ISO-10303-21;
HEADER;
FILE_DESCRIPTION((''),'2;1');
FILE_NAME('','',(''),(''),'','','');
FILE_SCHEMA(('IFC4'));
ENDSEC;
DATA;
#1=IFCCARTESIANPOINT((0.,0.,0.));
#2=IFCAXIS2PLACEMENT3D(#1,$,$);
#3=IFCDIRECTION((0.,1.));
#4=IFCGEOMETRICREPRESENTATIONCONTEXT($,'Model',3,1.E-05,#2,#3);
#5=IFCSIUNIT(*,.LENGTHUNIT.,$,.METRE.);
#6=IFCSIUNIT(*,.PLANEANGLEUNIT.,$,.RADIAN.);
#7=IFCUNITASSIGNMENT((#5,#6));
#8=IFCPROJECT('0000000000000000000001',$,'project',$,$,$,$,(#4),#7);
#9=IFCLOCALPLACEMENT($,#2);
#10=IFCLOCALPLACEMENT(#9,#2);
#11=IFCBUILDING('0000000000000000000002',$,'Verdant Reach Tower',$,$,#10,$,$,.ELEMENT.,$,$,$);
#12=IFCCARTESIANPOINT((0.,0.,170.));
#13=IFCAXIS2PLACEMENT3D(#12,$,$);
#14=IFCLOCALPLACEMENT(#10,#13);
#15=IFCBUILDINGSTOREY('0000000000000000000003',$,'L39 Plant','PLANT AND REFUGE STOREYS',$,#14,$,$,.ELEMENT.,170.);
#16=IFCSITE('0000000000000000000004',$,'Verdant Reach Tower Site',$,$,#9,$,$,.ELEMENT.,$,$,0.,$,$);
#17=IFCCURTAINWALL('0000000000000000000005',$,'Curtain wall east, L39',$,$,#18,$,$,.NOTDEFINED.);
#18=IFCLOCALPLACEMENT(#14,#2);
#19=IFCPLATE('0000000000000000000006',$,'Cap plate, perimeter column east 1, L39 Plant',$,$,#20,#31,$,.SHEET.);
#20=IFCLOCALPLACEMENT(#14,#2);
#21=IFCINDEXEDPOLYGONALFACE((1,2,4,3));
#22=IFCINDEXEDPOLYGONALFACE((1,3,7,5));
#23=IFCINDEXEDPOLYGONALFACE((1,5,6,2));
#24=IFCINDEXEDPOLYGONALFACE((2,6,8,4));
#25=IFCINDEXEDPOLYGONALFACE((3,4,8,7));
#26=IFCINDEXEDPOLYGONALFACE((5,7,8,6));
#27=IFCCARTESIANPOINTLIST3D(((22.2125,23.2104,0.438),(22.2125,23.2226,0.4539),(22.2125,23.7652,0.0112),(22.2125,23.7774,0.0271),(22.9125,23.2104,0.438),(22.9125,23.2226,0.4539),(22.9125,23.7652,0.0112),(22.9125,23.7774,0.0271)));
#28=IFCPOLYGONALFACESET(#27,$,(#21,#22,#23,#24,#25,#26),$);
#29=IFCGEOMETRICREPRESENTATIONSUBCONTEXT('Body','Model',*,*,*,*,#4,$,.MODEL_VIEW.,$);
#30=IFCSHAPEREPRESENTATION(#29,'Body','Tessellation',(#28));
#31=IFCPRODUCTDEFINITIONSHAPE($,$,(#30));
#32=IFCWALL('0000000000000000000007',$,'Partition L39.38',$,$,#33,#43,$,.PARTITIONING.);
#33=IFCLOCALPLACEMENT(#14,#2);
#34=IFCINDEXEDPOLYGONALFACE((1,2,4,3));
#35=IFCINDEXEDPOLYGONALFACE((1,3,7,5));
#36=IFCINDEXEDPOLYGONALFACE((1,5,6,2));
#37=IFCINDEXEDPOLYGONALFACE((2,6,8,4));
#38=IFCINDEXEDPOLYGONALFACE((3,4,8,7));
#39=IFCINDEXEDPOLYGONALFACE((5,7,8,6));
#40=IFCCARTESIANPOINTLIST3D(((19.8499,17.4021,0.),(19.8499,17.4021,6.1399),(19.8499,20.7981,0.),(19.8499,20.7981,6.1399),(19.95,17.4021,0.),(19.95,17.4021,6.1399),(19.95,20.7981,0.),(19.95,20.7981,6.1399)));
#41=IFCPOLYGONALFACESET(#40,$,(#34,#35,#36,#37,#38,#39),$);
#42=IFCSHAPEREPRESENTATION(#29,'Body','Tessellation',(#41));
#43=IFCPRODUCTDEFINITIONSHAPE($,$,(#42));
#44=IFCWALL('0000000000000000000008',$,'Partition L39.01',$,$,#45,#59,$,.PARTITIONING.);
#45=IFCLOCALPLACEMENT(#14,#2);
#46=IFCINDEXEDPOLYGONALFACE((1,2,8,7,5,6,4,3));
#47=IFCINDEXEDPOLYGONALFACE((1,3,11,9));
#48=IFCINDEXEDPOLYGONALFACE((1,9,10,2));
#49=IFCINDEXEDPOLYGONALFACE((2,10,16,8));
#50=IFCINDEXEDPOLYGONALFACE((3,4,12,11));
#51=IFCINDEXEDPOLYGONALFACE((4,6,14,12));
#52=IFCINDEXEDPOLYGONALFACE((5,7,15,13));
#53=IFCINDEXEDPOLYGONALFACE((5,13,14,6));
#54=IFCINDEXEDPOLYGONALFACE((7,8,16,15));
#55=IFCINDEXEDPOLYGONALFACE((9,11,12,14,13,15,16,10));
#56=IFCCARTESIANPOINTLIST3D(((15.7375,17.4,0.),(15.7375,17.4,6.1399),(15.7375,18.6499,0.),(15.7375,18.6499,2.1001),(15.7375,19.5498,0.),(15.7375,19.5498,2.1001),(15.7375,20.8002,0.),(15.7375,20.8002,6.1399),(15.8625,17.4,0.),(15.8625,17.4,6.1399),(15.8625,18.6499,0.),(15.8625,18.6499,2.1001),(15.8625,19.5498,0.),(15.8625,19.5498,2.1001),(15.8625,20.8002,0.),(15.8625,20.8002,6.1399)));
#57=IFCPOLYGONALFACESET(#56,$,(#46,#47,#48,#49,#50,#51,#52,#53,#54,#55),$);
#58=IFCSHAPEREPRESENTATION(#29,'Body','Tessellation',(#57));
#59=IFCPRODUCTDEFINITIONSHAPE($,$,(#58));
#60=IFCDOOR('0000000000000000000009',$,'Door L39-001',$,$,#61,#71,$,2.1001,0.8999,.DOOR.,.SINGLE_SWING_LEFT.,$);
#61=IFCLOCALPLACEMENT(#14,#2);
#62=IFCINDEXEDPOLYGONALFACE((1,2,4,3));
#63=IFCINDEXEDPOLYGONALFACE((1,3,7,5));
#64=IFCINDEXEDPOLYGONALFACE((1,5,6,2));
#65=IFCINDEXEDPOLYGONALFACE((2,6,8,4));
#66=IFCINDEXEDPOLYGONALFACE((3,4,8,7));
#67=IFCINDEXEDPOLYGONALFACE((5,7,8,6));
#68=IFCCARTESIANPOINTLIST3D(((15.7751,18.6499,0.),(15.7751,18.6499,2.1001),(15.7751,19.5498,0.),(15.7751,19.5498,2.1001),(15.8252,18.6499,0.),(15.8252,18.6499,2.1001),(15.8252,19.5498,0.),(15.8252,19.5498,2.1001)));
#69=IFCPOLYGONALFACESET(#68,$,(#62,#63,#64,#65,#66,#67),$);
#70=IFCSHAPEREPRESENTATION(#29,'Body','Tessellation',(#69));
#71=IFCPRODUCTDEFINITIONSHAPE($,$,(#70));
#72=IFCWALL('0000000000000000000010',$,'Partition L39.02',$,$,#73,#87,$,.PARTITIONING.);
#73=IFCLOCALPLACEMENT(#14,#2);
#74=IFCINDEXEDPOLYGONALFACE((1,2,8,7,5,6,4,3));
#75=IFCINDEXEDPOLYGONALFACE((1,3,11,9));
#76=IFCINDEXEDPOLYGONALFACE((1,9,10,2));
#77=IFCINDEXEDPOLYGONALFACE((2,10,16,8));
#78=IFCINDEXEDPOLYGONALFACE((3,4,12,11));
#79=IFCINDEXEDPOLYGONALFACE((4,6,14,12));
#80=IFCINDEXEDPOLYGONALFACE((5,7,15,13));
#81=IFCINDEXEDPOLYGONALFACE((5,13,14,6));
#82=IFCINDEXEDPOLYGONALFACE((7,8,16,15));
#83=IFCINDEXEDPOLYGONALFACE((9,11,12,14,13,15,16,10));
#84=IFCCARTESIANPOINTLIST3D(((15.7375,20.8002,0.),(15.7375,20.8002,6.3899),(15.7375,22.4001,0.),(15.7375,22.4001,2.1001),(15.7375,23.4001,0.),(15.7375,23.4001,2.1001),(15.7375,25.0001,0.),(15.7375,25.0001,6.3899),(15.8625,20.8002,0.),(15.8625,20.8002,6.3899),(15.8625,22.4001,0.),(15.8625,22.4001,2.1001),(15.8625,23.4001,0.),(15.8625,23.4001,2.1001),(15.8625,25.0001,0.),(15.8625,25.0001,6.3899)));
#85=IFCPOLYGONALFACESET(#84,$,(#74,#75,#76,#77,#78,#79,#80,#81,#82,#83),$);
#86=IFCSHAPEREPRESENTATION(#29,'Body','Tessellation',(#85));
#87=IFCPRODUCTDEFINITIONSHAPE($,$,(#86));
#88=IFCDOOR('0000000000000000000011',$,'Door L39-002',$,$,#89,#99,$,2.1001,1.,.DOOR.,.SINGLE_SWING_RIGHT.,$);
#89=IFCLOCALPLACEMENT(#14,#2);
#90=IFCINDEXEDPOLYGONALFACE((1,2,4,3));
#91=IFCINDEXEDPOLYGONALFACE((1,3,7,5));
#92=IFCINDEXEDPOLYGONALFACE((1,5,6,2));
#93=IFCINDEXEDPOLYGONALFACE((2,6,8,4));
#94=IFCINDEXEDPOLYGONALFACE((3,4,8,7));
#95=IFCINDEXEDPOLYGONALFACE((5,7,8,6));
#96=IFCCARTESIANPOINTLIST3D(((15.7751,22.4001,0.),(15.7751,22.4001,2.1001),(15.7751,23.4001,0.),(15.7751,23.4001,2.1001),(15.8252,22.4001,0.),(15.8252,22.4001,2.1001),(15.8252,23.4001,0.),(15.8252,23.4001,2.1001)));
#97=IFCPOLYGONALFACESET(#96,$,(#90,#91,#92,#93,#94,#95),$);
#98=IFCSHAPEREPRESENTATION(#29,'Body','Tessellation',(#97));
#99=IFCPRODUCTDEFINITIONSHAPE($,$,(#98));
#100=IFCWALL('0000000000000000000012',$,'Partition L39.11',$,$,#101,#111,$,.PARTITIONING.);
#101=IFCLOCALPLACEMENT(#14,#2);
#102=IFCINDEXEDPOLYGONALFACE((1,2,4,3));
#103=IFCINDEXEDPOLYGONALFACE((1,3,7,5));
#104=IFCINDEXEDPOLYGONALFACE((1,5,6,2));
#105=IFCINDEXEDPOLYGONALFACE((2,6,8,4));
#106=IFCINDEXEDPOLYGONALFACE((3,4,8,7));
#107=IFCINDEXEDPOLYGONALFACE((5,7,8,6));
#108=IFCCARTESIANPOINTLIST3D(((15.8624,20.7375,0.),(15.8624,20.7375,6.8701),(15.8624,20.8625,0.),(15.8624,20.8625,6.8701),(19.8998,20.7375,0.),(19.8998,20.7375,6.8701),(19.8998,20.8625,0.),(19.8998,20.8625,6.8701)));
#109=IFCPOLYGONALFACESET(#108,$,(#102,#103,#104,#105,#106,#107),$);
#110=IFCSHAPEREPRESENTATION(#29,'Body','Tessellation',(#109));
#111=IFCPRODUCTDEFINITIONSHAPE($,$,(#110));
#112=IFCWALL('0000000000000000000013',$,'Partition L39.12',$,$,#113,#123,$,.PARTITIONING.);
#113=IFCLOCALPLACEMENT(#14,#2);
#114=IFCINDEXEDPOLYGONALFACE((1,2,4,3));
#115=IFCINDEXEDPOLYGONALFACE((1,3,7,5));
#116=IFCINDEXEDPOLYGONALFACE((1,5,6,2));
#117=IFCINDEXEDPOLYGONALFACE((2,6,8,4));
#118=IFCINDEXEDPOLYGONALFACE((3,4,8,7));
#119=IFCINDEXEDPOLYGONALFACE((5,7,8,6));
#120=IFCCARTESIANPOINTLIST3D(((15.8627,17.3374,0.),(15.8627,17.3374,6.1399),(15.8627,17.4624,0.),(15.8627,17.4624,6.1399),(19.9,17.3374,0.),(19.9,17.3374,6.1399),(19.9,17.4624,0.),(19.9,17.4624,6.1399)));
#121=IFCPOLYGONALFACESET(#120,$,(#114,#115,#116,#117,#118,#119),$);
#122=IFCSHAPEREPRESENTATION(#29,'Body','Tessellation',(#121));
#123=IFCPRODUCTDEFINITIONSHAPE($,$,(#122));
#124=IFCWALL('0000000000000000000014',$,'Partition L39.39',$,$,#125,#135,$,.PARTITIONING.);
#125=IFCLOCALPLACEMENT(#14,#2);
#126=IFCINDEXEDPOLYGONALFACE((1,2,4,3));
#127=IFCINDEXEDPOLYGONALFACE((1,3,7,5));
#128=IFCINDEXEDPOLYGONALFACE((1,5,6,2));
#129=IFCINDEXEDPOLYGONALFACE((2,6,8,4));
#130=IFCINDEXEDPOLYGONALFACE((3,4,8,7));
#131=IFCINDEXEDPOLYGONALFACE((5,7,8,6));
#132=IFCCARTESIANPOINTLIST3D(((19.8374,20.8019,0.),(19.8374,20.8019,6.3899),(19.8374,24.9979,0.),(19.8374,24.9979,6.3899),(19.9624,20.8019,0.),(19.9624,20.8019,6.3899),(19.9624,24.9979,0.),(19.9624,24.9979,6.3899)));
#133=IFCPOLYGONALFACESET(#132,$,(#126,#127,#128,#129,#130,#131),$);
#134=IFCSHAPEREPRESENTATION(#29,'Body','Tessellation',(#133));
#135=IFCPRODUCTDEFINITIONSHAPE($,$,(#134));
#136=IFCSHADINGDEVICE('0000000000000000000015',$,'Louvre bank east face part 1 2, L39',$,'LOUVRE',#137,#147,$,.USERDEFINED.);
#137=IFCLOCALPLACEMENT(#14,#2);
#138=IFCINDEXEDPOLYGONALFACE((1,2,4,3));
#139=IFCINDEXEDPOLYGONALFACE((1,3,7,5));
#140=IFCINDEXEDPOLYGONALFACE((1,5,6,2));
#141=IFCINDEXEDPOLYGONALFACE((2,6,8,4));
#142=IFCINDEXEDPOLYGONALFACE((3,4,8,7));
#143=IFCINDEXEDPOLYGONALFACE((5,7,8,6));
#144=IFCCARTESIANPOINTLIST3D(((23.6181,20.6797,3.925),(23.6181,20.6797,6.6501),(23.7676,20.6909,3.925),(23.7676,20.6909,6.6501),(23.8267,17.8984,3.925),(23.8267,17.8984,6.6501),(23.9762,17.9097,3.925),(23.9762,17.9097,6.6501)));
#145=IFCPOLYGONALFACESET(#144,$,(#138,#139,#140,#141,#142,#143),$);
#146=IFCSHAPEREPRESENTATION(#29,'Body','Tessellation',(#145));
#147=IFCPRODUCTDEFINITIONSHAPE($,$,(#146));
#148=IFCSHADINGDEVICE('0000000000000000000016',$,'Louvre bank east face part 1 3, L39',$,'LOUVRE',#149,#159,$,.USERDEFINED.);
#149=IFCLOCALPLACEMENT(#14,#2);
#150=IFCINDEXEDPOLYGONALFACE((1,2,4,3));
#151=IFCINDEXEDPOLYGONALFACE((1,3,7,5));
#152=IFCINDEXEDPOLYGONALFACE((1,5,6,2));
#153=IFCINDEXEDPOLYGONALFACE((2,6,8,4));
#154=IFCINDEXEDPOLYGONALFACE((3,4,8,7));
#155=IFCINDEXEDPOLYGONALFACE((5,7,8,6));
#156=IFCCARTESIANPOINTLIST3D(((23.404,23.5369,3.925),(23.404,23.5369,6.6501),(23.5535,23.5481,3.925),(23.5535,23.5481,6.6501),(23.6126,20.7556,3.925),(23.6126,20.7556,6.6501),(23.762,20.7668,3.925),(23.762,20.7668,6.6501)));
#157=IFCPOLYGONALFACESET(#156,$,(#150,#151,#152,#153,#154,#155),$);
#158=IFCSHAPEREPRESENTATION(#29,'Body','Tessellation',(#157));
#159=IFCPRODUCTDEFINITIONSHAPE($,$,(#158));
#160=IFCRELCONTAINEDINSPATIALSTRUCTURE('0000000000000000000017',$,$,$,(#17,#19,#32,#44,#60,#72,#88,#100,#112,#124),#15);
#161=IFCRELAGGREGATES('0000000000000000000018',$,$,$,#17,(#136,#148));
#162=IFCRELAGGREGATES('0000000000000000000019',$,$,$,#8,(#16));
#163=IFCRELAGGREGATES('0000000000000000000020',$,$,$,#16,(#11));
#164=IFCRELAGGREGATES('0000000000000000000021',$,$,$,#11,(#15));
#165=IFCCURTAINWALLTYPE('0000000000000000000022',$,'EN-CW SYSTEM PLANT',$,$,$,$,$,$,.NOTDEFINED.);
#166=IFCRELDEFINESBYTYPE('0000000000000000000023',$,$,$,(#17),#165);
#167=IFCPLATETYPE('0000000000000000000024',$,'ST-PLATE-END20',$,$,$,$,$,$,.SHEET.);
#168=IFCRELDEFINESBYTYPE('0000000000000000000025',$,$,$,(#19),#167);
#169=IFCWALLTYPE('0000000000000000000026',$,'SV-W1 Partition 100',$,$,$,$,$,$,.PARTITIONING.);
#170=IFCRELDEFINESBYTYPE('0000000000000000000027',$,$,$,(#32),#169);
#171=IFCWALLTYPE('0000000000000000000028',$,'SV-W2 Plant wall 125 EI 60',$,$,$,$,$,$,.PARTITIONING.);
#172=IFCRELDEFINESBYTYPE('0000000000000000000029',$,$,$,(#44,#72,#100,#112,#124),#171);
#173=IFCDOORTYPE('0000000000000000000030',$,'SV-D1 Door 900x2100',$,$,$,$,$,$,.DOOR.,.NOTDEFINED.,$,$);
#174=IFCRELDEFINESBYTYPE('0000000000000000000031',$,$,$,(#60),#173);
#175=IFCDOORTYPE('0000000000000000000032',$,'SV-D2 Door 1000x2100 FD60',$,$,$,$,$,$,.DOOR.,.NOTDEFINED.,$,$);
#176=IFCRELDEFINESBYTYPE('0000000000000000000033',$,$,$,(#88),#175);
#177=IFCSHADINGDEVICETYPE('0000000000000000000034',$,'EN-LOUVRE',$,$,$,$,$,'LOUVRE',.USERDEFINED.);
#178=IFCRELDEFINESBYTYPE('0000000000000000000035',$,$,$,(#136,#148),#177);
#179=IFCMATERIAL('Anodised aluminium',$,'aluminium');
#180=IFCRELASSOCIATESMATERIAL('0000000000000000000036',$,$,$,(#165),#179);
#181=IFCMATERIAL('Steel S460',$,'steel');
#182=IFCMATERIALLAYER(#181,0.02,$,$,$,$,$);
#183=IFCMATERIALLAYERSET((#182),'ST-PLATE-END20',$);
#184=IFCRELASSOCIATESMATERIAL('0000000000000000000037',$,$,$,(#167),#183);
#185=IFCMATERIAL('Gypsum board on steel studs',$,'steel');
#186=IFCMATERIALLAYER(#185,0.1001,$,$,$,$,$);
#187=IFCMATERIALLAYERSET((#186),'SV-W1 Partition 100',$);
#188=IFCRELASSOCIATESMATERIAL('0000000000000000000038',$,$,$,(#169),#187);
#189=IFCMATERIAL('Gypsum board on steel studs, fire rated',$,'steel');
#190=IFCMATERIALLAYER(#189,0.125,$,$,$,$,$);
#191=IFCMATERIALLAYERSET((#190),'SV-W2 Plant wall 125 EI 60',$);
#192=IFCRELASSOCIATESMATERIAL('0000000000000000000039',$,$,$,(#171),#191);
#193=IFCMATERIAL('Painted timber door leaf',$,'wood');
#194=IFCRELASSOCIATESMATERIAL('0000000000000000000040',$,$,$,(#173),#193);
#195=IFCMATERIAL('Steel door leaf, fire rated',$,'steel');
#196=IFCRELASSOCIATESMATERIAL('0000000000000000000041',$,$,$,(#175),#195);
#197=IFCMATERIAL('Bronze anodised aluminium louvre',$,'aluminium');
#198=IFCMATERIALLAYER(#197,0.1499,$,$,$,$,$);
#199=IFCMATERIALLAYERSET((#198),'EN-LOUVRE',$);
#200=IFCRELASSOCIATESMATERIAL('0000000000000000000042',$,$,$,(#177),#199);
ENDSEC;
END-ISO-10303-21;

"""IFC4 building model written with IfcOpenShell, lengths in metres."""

from ifc_helpers import new_model, si_unit, direction, frame, frame_2d, origin, origin_2d, place, context, subcontext, project, spatial, rectangle, extrude, material, layer, layer_set, type_object, element, fill, aggregate, save


model = new_model("IFC4")

# Units and contexts
model_context = context("Model", 3, precision=1e-05, world=origin(), true_north=direction((0.0, 1.0)))
body_context = subcontext(model_context, "Body", "Model", "MODEL_VIEW")
ifc_project = project(units=[si_unit("LENGTHUNIT", "METRE"), si_unit("PLANEANGLEUNIT", "RADIAN")], contexts=[model_context])

# Site, building, storey
site_placement = place(None, origin())
site = spatial("IfcSite", under=ifc_project, at=site_placement, Name="Verdant Reach Tower Site", CompositionType="ELEMENT", RefElevation=0.0)
building_placement = place(site_placement, origin())
building = spatial("IfcBuilding", under=site, at=building_placement, Name="Verdant Reach Tower", CompositionType="ELEMENT")
storey_placement = place(building_placement, frame((0.0, 0.0, 170.0)))
storey = spatial("IfcBuildingStorey", under=building, at=storey_placement, Name="L39 Plant", Description="PLANT AND REFUGE STOREYS", CompositionType="ELEMENT", Elevation=170.0)

# Shared definitions
ifc_material_1 = material(Name="Steel S460", Category="steel")

# Curtain wall
ifc_material_2 = material(Name="Anodised aluminium", Category="aluminium")
curtain_wall_type = type_object("IfcCurtainWallType", Name="EN-CW SYSTEM PLANT", PredefinedType="NOTDEFINED", material=ifc_material_2)
curtain_wall_placement = place(storey_placement, origin())
curtain_wall = element("IfcCurtainWall", 1, at=curtain_wall_placement, inside=storey, type_object=curtain_wall_type, Name="Curtain wall east, L39", PredefinedType="NOTDEFINED")

# Plate
ifc_layer_1 = layer(ifc_material_1, 0.02)
ifc_layer_set_1 = layer_set([ifc_layer_1], Name="ST-PLATE-END20")
plate_type_1 = type_object("IfcPlateType", Name="ST-PLATE-END20", PredefinedType="SHEET", material=ifc_layer_set_1)
plate_1_placement = place(storey_placement, frame((22.5625, 23.4878, 0.2246), z_axis=(0.0, 0.609711, 0.792624), x_axis=(-1.0, 0.0, 0.0)))
element("IfcPlate", 2, at=plate_1_placement, inside=storey, type_object=plate_type_1, Name="Cap plate, perimeter column east 1, L39 Plant", PredefinedType="SHEET", context=body_context, shape_type="SweptSolid", body=[
    extrude(rectangle(XDim=0.7, YDim=0.7, at=origin_2d()), origin(), (0.0, 0.0, 1.0), 0.02),
])

# Wall
ifc_material_3 = material(Name="Gypsum board on steel studs", Category="steel")
ifc_layer_2 = layer(ifc_material_3, 0.1001)
ifc_layer_set_2 = layer_set([ifc_layer_2], Name="SV-W1 Partition 100")
wall_type_1 = type_object("IfcWallType", Name="SV-W1 Partition 100", PredefinedType="PARTITIONING", material=ifc_layer_set_2)
wall_1_placement = place(storey_placement, frame((19.8999, 20.7981, 0.0), z_axis=(0.0, 0.0, 1.0), x_axis=(0.0, -1.0, 0.0)))
element("IfcWall", 3, at=wall_1_placement, inside=storey, type_object=wall_type_1, Name="Partition L39.38", PredefinedType="PARTITIONING", context=body_context, shape_type="SweptSolid", body=[
    extrude(rectangle(XDim=3.396, YDim=0.1001, at=frame_2d((1.698, 0.0))), origin(), (0.0, 0.0, 1.0), 6.1399),
])

# Walls, openings, doors
ifc_material_4 = material(Name="Gypsum board on steel studs, fire rated", Category="steel")
ifc_layer_3 = layer(ifc_material_4, 0.125)
ifc_layer_set_3 = layer_set([ifc_layer_3], Name="SV-W2 Plant wall 125 EI 60")
wall_type_2 = type_object("IfcWallType", Name="SV-W2 Plant wall 125 EI 60", PredefinedType="PARTITIONING", material=ifc_layer_set_3)
wall_2_placement = place(storey_placement, frame((15.8, 17.3999, 0.0), z_axis=(0.0, 0.0, 1.0), x_axis=(0.0, 1.0, 0.0)))
wall_2 = element("IfcWall", 4, at=wall_2_placement, inside=storey, type_object=wall_type_2, Name="Partition L39.01", PredefinedType="PARTITIONING", context=body_context, shape_type="SweptSolid", body=[
    extrude(rectangle(XDim=3.4001, YDim=0.125, at=frame_2d((1.7002, 0.0))), origin(), (0.0, 0.0, 1.0), 6.1399),
])
opening_1_placement = place(wall_2_placement, frame((1.25, 0.0, 0.0)))
opening_1 = element("IfcOpeningElement", 5, at=opening_1_placement, cuts=wall_2, PredefinedType="OPENING", context=body_context, shape_type="SweptSolid", body=[
    extrude(rectangle(XDim=0.8999, YDim=2.1001, at=frame_2d((0.45, 1.05))), frame((0.0, 0.0725, 0.0), z_axis=(0.0, -1.0, 0.0), x_axis=(1.0, 0.0, 0.0)), (0.0, 0.0, 1.0), 0.145),
])
ifc_material_5 = material(Name="Painted timber door leaf", Category="wood")
door_type_1 = type_object("IfcDoorType", Name="SV-D1 Door 900x2100", OperationType="NOTDEFINED", PredefinedType="DOOR", material=ifc_material_5)
door_1_placement = place(opening_1_placement, origin())
door_1 = element("IfcDoor", 6, at=door_1_placement, inside=storey, type_object=door_type_1, Name="Door L39-001", OperationType="SINGLE_SWING_LEFT", OverallHeight=2.1001, OverallWidth=0.8999, PredefinedType="DOOR", context=body_context, shape_type="SweptSolid", body=[
    extrude(rectangle(XDim=0.8999, YDim=2.1001, at=frame_2d((0.45, 1.05))), frame((0.0, 0.0249, 0.0), z_axis=(0.0, -1.0, 0.0), x_axis=(1.0, 0.0, 0.0)), (0.0, 0.0, 1.0), 0.05),
])
fill(opening_1, door_1)
wall_3_placement = place(storey_placement, frame((15.8, 20.8, 0.0), z_axis=(0.0, 0.0, 1.0), x_axis=(0.0, 1.0, 0.0)))
wall_3 = element("IfcWall", 7, at=wall_3_placement, inside=storey, type_object=wall_type_2, Name="Partition L39.02", PredefinedType="PARTITIONING", context=body_context, shape_type="SweptSolid", body=[
    extrude(rectangle(XDim=4.2, YDim=0.125, at=frame_2d((2.1001, 0.0))), origin(), (0.0, 0.0, 1.0), 6.3899),
])
opening_2_placement = place(wall_3_placement, frame((1.6001, 0.0, 0.0)))
opening_2 = element("IfcOpeningElement", 8, at=opening_2_placement, cuts=wall_3, PredefinedType="OPENING", context=body_context, shape_type="SweptSolid", body=[
    extrude(rectangle(XDim=1.0, YDim=2.1001, at=frame_2d((0.5, 1.05))), frame((0.0, 0.0725, 0.0), z_axis=(0.0, -1.0, 0.0), x_axis=(1.0, 0.0, 0.0)), (0.0, 0.0, 1.0), 0.145),
])
ifc_material_6 = material(Name="Steel door leaf, fire rated", Category="steel")
door_type_2 = type_object("IfcDoorType", Name="SV-D2 Door 1000x2100 FD60", OperationType="NOTDEFINED", PredefinedType="DOOR", material=ifc_material_6)
door_2_placement = place(opening_2_placement, origin())
door_2 = element("IfcDoor", 9, at=door_2_placement, inside=storey, type_object=door_type_2, Name="Door L39-002", OperationType="SINGLE_SWING_RIGHT", OverallHeight=2.1001, OverallWidth=1.0, PredefinedType="DOOR", context=body_context, shape_type="SweptSolid", body=[
    extrude(rectangle(XDim=1.0, YDim=2.1001, at=frame_2d((0.5, 1.05))), frame((0.0, 0.0249, 0.0), z_axis=(0.0, -1.0, 0.0), x_axis=(1.0, 0.0, 0.0)), (0.0, 0.0, 1.0), 0.05),
])
fill(opening_2, door_2)

# Walls
wall_4_placement = place(storey_placement, frame((15.8625, 20.8, 0.0), z_axis=(0.0, 0.0, 1.0), x_axis=(1.0, 0.0, 0.0)))
element("IfcWall", 10, at=wall_4_placement, inside=storey, type_object=wall_type_2, Name="Partition L39.11", PredefinedType="PARTITIONING", context=body_context, shape_type="SweptSolid", body=[
    extrude(rectangle(XDim=4.0374, YDim=0.125, at=frame_2d((2.0186, 0.0))), origin(), (0.0, 0.0, 1.0), 6.8701),
])
wall_5_placement = place(storey_placement, frame((19.8999, 17.3999, 0.0), z_axis=(0.0, 0.0, 1.0), x_axis=(-1.0, 0.0, 0.0)))
element("IfcWall", 11, at=wall_5_placement, inside=storey, type_object=wall_type_2, Name="Partition L39.12", PredefinedType="PARTITIONING", context=body_context, shape_type="SweptSolid", body=[
    extrude(rectangle(XDim=4.0374, YDim=0.125, at=frame_2d((2.0186, 0.0))), origin(), (0.0, 0.0, 1.0), 6.1399),
])
wall_6_placement = place(storey_placement, frame((19.8999, 24.998, 0.0), z_axis=(0.0, 0.0, 1.0), x_axis=(0.0, -1.0, 0.0)))
element("IfcWall", 12, at=wall_6_placement, inside=storey, type_object=wall_type_2, Name="Partition L39.39", PredefinedType="PARTITIONING", context=body_context, shape_type="SweptSolid", body=[
    extrude(rectangle(XDim=4.196, YDim=0.125, at=frame_2d((2.0981, 0.0))), origin(), (0.0, 0.0, 1.0), 6.3899),
])

# Shading devices
ifc_material_7 = material(Name="Bronze anodised aluminium louvre", Category="aluminium")
ifc_layer_4 = layer(ifc_material_7, 0.1499)
ifc_layer_set_4 = layer_set([ifc_layer_4], Name="EN-LOUVRE")
shading_device_type = type_object("IfcShadingDeviceType", Name="EN-LOUVRE", ElementType="LOUVRE", PredefinedType="USERDEFINED", material=ifc_layer_set_4)
shading_device_1_placement = place(storey_placement, frame((23.7971, 19.2947, 3.925), z_axis=(0.0, 0.0, 1.0), x_axis=(-0.07479, 0.997199, 0.0)))
shading_device_1 = element("IfcShadingDevice", 13, at=shading_device_1_placement, type_object=shading_device_type, Name="Louvre bank east face part 1 2, L39", ObjectType="LOUVRE", PredefinedType="USERDEFINED", context=body_context, shape_type="SweptSolid", body=[
    extrude(rectangle(XDim=2.7891, YDim=0.1499, at=origin_2d()), origin(), (0.0, 0.0, 1.0), 2.7251),
])
shading_device_2_placement = place(storey_placement, frame((23.583, 22.1519, 3.925), z_axis=(0.0, 0.0, 1.0), x_axis=(-0.07479, 0.997199, 0.0)))
shading_device_2 = element("IfcShadingDevice", 14, at=shading_device_2_placement, type_object=shading_device_type, Name="Louvre bank east face part 1 3, L39", ObjectType="LOUVRE", PredefinedType="USERDEFINED", context=body_context, shape_type="SweptSolid", body=[
    extrude(rectangle(XDim=2.7891, YDim=0.1499, at=origin_2d()), origin(), (0.0, 0.0, 1.0), 2.7251),
])
aggregate(curtain_wall, [shading_device_1, shading_device_2])

save(model, "model.ifc")
